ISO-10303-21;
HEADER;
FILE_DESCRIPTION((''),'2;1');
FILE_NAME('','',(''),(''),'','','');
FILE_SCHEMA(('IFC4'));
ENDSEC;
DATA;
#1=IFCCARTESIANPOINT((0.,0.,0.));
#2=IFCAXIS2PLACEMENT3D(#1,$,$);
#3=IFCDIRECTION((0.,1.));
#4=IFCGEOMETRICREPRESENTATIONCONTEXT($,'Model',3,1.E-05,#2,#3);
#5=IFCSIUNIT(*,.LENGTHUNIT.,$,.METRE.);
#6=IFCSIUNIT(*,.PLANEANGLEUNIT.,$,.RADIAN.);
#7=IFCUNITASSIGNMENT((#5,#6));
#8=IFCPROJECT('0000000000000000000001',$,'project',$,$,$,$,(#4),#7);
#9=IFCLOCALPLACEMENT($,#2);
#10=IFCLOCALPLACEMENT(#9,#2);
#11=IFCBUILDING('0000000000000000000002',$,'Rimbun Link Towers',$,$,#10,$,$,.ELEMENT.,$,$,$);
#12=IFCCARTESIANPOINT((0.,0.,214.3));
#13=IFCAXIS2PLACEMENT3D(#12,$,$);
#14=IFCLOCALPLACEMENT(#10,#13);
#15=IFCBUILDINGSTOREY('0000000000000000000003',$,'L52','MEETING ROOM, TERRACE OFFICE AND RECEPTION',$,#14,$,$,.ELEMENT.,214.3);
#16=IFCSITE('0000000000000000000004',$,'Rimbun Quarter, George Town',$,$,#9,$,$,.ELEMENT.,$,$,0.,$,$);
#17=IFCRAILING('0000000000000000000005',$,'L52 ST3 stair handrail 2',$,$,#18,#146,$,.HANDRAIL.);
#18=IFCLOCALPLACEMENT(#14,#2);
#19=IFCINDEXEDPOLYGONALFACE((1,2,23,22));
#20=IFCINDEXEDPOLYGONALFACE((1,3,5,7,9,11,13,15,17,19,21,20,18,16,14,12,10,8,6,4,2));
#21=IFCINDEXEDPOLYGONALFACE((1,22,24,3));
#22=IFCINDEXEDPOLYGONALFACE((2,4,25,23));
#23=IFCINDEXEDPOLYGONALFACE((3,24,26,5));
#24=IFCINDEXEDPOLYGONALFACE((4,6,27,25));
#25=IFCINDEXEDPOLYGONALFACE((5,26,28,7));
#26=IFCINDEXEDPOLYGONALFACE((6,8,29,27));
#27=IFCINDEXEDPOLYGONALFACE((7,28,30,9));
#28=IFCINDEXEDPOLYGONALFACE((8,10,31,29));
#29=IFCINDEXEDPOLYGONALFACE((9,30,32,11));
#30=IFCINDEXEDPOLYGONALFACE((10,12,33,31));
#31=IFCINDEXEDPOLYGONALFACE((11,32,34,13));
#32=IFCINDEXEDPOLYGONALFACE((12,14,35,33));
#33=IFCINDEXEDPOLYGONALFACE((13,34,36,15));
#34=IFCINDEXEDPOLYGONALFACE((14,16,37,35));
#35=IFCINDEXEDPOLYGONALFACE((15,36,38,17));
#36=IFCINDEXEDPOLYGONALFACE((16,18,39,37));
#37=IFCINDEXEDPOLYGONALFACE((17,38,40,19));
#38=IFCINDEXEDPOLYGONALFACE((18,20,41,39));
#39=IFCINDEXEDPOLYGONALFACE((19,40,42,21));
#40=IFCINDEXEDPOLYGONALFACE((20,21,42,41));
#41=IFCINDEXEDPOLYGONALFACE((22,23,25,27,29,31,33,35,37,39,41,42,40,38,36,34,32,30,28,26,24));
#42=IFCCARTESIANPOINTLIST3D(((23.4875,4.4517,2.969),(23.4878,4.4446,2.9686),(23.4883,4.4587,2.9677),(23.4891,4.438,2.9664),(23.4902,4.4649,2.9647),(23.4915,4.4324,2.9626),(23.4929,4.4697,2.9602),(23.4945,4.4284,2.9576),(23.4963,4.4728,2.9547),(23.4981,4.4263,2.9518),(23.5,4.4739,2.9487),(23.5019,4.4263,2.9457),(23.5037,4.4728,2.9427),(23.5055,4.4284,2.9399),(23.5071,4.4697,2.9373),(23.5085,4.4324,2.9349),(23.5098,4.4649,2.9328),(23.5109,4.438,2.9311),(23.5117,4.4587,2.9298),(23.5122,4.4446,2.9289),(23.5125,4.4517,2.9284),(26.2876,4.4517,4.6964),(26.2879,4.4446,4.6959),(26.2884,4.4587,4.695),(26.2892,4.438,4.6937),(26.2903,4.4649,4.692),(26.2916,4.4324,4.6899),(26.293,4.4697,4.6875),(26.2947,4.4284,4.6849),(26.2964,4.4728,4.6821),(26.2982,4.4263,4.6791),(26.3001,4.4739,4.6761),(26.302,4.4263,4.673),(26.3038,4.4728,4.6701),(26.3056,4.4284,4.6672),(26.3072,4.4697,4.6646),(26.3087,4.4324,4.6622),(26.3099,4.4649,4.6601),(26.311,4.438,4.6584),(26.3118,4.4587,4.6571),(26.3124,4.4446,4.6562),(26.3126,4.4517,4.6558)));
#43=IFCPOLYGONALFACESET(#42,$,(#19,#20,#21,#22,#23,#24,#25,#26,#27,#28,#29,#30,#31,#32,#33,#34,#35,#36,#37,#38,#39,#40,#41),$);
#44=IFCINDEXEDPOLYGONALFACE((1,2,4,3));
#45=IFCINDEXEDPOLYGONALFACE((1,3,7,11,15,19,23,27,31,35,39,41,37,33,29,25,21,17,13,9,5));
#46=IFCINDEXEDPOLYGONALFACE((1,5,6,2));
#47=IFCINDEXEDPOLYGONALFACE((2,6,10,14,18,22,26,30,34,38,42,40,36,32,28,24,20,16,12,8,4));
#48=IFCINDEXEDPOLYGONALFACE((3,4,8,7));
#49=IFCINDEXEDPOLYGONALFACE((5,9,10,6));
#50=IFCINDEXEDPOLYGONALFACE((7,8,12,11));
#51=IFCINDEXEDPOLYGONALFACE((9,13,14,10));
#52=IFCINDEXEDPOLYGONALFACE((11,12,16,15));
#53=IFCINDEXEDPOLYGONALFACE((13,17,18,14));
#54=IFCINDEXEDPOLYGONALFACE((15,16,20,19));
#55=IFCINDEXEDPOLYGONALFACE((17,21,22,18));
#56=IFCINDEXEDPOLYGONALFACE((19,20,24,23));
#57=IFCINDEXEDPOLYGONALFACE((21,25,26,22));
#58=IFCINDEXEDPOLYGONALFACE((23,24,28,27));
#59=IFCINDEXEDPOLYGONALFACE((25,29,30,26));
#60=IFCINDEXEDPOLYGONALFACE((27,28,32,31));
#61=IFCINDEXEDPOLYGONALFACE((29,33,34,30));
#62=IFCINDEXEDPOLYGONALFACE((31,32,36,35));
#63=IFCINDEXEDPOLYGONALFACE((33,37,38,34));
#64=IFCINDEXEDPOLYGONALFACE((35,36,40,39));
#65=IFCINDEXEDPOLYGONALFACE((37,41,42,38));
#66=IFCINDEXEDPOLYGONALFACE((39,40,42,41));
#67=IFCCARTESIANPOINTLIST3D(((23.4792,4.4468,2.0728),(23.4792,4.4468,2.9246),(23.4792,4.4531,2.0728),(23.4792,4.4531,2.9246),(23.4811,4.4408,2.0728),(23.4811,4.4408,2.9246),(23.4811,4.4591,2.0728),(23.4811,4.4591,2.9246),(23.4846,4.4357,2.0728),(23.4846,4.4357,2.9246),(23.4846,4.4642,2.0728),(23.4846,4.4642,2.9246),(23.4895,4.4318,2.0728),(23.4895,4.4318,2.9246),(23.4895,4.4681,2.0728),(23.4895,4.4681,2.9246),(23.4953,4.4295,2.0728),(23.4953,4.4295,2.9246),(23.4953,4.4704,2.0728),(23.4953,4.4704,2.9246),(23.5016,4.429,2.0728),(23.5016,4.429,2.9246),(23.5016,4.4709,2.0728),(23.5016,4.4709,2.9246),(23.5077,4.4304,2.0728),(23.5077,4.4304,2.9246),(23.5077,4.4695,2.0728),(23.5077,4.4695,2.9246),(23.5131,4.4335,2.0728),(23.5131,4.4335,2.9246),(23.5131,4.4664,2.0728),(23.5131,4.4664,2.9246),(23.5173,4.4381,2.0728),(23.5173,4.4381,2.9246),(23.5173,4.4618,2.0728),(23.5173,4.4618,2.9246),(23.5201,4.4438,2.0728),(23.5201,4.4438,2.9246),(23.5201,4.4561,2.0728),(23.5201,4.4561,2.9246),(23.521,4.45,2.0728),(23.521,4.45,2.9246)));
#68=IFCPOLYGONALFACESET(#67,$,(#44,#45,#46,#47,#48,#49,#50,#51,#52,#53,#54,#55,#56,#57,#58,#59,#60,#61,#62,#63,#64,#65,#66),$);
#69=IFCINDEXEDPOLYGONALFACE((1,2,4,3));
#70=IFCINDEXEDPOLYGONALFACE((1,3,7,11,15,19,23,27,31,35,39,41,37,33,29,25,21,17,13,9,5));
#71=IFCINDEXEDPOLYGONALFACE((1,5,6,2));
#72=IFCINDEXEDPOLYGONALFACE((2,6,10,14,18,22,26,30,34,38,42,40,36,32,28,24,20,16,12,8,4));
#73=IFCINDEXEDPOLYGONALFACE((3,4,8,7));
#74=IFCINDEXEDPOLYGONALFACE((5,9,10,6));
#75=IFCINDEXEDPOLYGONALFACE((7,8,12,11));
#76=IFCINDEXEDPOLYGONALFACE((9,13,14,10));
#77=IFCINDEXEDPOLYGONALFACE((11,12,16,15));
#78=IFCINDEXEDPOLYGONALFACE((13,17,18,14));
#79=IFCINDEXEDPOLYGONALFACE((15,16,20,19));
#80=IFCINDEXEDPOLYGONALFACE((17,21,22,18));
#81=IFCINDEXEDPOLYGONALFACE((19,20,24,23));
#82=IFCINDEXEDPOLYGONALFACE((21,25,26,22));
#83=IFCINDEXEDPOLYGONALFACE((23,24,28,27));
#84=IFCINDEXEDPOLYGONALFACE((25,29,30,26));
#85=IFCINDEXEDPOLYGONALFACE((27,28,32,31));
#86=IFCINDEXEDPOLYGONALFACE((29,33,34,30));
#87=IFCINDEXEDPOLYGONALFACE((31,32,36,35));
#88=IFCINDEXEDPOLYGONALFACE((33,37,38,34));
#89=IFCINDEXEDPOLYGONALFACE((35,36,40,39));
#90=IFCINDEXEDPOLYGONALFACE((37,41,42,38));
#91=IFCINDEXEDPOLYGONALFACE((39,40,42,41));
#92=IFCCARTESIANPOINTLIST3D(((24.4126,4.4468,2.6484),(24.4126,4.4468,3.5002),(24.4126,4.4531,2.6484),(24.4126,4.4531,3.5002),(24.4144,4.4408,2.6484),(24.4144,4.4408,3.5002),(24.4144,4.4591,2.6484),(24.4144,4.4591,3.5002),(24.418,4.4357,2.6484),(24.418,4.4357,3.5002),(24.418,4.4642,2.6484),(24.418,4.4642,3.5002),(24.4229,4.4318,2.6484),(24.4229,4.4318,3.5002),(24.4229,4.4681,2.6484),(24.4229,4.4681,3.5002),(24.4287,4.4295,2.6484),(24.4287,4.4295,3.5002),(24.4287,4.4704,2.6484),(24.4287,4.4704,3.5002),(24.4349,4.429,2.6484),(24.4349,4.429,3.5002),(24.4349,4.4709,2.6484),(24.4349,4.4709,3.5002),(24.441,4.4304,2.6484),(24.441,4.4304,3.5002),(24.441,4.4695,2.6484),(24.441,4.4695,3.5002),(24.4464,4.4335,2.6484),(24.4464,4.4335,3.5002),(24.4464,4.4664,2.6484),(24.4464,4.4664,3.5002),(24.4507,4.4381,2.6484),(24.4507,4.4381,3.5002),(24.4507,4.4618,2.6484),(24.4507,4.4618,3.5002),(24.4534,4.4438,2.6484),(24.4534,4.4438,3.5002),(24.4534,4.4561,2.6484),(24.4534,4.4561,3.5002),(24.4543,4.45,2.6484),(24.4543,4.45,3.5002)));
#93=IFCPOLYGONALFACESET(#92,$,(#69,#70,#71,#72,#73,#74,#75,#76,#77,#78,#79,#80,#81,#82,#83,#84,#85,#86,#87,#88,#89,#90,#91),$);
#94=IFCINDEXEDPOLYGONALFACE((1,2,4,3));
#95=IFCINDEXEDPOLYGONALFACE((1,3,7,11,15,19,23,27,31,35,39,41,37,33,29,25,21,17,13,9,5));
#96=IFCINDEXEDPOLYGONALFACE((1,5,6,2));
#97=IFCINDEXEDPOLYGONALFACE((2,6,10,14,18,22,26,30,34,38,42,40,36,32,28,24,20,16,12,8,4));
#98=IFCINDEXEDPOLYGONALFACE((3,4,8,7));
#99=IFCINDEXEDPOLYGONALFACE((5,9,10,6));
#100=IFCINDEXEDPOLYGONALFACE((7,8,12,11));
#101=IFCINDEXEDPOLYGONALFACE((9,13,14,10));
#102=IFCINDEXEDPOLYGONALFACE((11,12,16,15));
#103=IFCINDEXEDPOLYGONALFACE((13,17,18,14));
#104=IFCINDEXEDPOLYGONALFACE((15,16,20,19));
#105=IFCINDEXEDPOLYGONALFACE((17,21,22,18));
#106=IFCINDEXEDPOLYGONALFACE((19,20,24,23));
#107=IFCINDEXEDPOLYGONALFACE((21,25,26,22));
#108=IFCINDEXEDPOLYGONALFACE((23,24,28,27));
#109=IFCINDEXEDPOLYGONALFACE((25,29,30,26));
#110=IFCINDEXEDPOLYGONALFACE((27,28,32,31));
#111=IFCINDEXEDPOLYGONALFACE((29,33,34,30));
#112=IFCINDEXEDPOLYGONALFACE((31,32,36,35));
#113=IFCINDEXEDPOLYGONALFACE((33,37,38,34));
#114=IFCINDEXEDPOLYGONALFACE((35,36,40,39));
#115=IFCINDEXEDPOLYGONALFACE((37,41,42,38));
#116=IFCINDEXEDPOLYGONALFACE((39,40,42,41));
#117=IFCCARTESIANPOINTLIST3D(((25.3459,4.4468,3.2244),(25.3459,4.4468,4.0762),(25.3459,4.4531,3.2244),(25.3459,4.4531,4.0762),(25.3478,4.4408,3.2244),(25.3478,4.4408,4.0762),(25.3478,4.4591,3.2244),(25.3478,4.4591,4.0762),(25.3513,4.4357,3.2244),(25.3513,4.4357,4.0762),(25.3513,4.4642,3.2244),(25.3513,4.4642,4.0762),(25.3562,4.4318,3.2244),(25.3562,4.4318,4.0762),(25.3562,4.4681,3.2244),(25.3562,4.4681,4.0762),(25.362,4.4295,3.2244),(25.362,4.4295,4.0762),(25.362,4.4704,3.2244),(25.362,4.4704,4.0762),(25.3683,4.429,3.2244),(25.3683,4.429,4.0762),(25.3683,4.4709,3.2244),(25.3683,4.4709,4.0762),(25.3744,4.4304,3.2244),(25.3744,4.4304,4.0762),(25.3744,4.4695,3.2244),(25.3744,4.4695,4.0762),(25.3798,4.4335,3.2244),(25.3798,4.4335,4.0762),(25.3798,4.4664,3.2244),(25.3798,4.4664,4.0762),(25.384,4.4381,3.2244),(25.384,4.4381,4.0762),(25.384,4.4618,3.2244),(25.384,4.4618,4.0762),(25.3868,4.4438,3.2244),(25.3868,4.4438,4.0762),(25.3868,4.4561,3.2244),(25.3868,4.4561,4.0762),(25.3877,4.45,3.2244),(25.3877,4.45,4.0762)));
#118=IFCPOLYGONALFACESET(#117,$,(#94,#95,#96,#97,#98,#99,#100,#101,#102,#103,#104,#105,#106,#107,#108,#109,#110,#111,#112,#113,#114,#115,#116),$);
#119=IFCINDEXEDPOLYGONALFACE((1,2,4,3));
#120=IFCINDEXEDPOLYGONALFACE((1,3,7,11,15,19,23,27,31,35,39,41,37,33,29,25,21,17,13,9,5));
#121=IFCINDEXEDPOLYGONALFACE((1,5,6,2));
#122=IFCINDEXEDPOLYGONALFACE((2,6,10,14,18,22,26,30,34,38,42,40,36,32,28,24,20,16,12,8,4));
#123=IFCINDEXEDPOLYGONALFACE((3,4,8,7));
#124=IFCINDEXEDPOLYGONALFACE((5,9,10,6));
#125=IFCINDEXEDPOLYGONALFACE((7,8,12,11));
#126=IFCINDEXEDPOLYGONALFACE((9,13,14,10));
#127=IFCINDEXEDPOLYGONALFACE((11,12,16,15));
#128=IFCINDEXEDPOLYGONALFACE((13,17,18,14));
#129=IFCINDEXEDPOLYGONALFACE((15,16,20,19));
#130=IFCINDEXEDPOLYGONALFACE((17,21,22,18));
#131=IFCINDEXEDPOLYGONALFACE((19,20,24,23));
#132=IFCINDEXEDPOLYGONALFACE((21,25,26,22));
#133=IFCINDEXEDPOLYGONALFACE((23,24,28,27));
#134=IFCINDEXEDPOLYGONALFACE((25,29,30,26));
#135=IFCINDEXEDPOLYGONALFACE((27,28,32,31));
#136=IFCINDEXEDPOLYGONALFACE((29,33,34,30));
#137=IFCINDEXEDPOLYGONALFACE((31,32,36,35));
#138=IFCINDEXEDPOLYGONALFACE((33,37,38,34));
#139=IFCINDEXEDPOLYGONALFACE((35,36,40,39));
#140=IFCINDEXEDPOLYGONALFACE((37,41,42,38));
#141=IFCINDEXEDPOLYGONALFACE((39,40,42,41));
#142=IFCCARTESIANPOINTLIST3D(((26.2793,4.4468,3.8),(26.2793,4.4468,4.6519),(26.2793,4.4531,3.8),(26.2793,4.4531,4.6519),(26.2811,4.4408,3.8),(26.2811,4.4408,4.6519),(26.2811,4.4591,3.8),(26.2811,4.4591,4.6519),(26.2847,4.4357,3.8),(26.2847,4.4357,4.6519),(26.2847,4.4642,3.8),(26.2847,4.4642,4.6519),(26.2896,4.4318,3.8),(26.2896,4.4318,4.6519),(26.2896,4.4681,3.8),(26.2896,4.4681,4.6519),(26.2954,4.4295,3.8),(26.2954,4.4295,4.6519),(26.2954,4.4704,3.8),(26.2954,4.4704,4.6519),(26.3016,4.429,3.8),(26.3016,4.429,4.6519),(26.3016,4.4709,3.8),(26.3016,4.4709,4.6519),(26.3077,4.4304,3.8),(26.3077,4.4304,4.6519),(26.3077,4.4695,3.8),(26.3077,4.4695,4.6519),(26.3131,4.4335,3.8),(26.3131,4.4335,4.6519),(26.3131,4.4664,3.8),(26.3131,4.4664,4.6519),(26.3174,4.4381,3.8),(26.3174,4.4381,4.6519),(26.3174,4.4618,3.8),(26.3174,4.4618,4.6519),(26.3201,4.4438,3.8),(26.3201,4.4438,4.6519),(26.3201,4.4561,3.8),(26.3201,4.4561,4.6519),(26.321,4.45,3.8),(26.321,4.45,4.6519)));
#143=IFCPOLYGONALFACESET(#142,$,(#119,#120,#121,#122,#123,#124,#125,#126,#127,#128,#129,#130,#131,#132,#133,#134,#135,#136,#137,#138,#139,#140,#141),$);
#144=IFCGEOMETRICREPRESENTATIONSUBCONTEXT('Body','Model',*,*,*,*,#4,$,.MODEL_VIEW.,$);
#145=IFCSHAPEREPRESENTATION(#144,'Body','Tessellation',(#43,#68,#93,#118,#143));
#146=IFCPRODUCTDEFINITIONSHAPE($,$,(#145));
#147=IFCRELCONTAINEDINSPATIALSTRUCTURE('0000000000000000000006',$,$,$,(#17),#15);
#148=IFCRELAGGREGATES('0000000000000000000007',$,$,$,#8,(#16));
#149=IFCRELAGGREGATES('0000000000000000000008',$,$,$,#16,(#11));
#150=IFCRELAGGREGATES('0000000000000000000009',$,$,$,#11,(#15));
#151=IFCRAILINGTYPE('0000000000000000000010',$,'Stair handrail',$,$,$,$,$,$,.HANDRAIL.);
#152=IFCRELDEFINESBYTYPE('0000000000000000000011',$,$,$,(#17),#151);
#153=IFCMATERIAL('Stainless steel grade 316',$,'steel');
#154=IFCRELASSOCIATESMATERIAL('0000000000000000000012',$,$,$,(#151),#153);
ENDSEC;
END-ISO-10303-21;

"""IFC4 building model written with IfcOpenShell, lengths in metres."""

from ifc_helpers import new_model, si_unit, direction, frame, origin, origin_2d, place, context, subcontext, project, spatial, circle, extrude, material, type_object, element, save


model = new_model("IFC4")

# Units and contexts
model_context = context("Model", 3, precision=1e-05, world=origin(), true_north=direction((0.0, 1.0)))
body_context = subcontext(model_context, "Body", "Model", "MODEL_VIEW")
ifc_project = project(units=[si_unit("LENGTHUNIT", "METRE"), si_unit("PLANEANGLEUNIT", "RADIAN")], contexts=[model_context])

# Site, building, storey
site_placement = place(None, origin())
site = spatial("IfcSite", under=ifc_project, at=site_placement, Name="Rimbun Quarter, George Town", CompositionType="ELEMENT", RefElevation=0.0)
building_placement = place(site_placement, origin())
building = spatial("IfcBuilding", under=site, at=building_placement, Name="Rimbun Link Towers", CompositionType="ELEMENT")
storey_placement = place(building_placement, frame((0.0, 0.0, 214.3)))
storey = spatial("IfcBuildingStorey", under=building, at=storey_placement, Name="L52", Description="MEETING ROOM, TERRACE OFFICE AND RECEPTION", CompositionType="ELEMENT", Elevation=214.3)

# Railing
ifc_material_1 = material(Name="Stainless steel grade 316", Category="steel")
railing_type_1 = type_object("IfcRailingType", Name="Stair handrail", PredefinedType="HANDRAIL", material=ifc_material_1)
railing_1_placement = place(storey_placement, frame((23.5, 4.45, 2.0728)))
element("IfcRailing", 1, at=railing_1_placement, inside=storey, type_object=railing_type_1, Name="L52 ST3 stair handrail 2", PredefinedType="HANDRAIL", context=body_context, shape_type="SweptSolid", body=[
    extrude(circle(Radius=0.0239, at=origin_2d()), frame((0.0, 0.0, 0.876), z_axis=(0.85109, 0.0, 0.52502), x_axis=(0.0, 1.0, 0.0)), (0.0, 0.0, 1.0), 3.29),
    extrude(circle(Radius=0.021, at=origin_2d()), origin(), (0.0, 0.0, 1.0), 0.8518),
    extrude(circle(Radius=0.021, at=origin_2d()), frame((0.9333, 0.0, 0.5757)), (0.0, 0.0, 1.0), 0.8518),
    extrude(circle(Radius=0.021, at=origin_2d()), frame((1.8667, 0.0, 1.1516)), (0.0, 0.0, 1.0), 0.8518),
    extrude(circle(Radius=0.021, at=origin_2d()), frame((2.8, 0.0, 1.7273)), (0.0, 0.0, 1.0), 0.8518),
])

save(model, "model.ifc")
